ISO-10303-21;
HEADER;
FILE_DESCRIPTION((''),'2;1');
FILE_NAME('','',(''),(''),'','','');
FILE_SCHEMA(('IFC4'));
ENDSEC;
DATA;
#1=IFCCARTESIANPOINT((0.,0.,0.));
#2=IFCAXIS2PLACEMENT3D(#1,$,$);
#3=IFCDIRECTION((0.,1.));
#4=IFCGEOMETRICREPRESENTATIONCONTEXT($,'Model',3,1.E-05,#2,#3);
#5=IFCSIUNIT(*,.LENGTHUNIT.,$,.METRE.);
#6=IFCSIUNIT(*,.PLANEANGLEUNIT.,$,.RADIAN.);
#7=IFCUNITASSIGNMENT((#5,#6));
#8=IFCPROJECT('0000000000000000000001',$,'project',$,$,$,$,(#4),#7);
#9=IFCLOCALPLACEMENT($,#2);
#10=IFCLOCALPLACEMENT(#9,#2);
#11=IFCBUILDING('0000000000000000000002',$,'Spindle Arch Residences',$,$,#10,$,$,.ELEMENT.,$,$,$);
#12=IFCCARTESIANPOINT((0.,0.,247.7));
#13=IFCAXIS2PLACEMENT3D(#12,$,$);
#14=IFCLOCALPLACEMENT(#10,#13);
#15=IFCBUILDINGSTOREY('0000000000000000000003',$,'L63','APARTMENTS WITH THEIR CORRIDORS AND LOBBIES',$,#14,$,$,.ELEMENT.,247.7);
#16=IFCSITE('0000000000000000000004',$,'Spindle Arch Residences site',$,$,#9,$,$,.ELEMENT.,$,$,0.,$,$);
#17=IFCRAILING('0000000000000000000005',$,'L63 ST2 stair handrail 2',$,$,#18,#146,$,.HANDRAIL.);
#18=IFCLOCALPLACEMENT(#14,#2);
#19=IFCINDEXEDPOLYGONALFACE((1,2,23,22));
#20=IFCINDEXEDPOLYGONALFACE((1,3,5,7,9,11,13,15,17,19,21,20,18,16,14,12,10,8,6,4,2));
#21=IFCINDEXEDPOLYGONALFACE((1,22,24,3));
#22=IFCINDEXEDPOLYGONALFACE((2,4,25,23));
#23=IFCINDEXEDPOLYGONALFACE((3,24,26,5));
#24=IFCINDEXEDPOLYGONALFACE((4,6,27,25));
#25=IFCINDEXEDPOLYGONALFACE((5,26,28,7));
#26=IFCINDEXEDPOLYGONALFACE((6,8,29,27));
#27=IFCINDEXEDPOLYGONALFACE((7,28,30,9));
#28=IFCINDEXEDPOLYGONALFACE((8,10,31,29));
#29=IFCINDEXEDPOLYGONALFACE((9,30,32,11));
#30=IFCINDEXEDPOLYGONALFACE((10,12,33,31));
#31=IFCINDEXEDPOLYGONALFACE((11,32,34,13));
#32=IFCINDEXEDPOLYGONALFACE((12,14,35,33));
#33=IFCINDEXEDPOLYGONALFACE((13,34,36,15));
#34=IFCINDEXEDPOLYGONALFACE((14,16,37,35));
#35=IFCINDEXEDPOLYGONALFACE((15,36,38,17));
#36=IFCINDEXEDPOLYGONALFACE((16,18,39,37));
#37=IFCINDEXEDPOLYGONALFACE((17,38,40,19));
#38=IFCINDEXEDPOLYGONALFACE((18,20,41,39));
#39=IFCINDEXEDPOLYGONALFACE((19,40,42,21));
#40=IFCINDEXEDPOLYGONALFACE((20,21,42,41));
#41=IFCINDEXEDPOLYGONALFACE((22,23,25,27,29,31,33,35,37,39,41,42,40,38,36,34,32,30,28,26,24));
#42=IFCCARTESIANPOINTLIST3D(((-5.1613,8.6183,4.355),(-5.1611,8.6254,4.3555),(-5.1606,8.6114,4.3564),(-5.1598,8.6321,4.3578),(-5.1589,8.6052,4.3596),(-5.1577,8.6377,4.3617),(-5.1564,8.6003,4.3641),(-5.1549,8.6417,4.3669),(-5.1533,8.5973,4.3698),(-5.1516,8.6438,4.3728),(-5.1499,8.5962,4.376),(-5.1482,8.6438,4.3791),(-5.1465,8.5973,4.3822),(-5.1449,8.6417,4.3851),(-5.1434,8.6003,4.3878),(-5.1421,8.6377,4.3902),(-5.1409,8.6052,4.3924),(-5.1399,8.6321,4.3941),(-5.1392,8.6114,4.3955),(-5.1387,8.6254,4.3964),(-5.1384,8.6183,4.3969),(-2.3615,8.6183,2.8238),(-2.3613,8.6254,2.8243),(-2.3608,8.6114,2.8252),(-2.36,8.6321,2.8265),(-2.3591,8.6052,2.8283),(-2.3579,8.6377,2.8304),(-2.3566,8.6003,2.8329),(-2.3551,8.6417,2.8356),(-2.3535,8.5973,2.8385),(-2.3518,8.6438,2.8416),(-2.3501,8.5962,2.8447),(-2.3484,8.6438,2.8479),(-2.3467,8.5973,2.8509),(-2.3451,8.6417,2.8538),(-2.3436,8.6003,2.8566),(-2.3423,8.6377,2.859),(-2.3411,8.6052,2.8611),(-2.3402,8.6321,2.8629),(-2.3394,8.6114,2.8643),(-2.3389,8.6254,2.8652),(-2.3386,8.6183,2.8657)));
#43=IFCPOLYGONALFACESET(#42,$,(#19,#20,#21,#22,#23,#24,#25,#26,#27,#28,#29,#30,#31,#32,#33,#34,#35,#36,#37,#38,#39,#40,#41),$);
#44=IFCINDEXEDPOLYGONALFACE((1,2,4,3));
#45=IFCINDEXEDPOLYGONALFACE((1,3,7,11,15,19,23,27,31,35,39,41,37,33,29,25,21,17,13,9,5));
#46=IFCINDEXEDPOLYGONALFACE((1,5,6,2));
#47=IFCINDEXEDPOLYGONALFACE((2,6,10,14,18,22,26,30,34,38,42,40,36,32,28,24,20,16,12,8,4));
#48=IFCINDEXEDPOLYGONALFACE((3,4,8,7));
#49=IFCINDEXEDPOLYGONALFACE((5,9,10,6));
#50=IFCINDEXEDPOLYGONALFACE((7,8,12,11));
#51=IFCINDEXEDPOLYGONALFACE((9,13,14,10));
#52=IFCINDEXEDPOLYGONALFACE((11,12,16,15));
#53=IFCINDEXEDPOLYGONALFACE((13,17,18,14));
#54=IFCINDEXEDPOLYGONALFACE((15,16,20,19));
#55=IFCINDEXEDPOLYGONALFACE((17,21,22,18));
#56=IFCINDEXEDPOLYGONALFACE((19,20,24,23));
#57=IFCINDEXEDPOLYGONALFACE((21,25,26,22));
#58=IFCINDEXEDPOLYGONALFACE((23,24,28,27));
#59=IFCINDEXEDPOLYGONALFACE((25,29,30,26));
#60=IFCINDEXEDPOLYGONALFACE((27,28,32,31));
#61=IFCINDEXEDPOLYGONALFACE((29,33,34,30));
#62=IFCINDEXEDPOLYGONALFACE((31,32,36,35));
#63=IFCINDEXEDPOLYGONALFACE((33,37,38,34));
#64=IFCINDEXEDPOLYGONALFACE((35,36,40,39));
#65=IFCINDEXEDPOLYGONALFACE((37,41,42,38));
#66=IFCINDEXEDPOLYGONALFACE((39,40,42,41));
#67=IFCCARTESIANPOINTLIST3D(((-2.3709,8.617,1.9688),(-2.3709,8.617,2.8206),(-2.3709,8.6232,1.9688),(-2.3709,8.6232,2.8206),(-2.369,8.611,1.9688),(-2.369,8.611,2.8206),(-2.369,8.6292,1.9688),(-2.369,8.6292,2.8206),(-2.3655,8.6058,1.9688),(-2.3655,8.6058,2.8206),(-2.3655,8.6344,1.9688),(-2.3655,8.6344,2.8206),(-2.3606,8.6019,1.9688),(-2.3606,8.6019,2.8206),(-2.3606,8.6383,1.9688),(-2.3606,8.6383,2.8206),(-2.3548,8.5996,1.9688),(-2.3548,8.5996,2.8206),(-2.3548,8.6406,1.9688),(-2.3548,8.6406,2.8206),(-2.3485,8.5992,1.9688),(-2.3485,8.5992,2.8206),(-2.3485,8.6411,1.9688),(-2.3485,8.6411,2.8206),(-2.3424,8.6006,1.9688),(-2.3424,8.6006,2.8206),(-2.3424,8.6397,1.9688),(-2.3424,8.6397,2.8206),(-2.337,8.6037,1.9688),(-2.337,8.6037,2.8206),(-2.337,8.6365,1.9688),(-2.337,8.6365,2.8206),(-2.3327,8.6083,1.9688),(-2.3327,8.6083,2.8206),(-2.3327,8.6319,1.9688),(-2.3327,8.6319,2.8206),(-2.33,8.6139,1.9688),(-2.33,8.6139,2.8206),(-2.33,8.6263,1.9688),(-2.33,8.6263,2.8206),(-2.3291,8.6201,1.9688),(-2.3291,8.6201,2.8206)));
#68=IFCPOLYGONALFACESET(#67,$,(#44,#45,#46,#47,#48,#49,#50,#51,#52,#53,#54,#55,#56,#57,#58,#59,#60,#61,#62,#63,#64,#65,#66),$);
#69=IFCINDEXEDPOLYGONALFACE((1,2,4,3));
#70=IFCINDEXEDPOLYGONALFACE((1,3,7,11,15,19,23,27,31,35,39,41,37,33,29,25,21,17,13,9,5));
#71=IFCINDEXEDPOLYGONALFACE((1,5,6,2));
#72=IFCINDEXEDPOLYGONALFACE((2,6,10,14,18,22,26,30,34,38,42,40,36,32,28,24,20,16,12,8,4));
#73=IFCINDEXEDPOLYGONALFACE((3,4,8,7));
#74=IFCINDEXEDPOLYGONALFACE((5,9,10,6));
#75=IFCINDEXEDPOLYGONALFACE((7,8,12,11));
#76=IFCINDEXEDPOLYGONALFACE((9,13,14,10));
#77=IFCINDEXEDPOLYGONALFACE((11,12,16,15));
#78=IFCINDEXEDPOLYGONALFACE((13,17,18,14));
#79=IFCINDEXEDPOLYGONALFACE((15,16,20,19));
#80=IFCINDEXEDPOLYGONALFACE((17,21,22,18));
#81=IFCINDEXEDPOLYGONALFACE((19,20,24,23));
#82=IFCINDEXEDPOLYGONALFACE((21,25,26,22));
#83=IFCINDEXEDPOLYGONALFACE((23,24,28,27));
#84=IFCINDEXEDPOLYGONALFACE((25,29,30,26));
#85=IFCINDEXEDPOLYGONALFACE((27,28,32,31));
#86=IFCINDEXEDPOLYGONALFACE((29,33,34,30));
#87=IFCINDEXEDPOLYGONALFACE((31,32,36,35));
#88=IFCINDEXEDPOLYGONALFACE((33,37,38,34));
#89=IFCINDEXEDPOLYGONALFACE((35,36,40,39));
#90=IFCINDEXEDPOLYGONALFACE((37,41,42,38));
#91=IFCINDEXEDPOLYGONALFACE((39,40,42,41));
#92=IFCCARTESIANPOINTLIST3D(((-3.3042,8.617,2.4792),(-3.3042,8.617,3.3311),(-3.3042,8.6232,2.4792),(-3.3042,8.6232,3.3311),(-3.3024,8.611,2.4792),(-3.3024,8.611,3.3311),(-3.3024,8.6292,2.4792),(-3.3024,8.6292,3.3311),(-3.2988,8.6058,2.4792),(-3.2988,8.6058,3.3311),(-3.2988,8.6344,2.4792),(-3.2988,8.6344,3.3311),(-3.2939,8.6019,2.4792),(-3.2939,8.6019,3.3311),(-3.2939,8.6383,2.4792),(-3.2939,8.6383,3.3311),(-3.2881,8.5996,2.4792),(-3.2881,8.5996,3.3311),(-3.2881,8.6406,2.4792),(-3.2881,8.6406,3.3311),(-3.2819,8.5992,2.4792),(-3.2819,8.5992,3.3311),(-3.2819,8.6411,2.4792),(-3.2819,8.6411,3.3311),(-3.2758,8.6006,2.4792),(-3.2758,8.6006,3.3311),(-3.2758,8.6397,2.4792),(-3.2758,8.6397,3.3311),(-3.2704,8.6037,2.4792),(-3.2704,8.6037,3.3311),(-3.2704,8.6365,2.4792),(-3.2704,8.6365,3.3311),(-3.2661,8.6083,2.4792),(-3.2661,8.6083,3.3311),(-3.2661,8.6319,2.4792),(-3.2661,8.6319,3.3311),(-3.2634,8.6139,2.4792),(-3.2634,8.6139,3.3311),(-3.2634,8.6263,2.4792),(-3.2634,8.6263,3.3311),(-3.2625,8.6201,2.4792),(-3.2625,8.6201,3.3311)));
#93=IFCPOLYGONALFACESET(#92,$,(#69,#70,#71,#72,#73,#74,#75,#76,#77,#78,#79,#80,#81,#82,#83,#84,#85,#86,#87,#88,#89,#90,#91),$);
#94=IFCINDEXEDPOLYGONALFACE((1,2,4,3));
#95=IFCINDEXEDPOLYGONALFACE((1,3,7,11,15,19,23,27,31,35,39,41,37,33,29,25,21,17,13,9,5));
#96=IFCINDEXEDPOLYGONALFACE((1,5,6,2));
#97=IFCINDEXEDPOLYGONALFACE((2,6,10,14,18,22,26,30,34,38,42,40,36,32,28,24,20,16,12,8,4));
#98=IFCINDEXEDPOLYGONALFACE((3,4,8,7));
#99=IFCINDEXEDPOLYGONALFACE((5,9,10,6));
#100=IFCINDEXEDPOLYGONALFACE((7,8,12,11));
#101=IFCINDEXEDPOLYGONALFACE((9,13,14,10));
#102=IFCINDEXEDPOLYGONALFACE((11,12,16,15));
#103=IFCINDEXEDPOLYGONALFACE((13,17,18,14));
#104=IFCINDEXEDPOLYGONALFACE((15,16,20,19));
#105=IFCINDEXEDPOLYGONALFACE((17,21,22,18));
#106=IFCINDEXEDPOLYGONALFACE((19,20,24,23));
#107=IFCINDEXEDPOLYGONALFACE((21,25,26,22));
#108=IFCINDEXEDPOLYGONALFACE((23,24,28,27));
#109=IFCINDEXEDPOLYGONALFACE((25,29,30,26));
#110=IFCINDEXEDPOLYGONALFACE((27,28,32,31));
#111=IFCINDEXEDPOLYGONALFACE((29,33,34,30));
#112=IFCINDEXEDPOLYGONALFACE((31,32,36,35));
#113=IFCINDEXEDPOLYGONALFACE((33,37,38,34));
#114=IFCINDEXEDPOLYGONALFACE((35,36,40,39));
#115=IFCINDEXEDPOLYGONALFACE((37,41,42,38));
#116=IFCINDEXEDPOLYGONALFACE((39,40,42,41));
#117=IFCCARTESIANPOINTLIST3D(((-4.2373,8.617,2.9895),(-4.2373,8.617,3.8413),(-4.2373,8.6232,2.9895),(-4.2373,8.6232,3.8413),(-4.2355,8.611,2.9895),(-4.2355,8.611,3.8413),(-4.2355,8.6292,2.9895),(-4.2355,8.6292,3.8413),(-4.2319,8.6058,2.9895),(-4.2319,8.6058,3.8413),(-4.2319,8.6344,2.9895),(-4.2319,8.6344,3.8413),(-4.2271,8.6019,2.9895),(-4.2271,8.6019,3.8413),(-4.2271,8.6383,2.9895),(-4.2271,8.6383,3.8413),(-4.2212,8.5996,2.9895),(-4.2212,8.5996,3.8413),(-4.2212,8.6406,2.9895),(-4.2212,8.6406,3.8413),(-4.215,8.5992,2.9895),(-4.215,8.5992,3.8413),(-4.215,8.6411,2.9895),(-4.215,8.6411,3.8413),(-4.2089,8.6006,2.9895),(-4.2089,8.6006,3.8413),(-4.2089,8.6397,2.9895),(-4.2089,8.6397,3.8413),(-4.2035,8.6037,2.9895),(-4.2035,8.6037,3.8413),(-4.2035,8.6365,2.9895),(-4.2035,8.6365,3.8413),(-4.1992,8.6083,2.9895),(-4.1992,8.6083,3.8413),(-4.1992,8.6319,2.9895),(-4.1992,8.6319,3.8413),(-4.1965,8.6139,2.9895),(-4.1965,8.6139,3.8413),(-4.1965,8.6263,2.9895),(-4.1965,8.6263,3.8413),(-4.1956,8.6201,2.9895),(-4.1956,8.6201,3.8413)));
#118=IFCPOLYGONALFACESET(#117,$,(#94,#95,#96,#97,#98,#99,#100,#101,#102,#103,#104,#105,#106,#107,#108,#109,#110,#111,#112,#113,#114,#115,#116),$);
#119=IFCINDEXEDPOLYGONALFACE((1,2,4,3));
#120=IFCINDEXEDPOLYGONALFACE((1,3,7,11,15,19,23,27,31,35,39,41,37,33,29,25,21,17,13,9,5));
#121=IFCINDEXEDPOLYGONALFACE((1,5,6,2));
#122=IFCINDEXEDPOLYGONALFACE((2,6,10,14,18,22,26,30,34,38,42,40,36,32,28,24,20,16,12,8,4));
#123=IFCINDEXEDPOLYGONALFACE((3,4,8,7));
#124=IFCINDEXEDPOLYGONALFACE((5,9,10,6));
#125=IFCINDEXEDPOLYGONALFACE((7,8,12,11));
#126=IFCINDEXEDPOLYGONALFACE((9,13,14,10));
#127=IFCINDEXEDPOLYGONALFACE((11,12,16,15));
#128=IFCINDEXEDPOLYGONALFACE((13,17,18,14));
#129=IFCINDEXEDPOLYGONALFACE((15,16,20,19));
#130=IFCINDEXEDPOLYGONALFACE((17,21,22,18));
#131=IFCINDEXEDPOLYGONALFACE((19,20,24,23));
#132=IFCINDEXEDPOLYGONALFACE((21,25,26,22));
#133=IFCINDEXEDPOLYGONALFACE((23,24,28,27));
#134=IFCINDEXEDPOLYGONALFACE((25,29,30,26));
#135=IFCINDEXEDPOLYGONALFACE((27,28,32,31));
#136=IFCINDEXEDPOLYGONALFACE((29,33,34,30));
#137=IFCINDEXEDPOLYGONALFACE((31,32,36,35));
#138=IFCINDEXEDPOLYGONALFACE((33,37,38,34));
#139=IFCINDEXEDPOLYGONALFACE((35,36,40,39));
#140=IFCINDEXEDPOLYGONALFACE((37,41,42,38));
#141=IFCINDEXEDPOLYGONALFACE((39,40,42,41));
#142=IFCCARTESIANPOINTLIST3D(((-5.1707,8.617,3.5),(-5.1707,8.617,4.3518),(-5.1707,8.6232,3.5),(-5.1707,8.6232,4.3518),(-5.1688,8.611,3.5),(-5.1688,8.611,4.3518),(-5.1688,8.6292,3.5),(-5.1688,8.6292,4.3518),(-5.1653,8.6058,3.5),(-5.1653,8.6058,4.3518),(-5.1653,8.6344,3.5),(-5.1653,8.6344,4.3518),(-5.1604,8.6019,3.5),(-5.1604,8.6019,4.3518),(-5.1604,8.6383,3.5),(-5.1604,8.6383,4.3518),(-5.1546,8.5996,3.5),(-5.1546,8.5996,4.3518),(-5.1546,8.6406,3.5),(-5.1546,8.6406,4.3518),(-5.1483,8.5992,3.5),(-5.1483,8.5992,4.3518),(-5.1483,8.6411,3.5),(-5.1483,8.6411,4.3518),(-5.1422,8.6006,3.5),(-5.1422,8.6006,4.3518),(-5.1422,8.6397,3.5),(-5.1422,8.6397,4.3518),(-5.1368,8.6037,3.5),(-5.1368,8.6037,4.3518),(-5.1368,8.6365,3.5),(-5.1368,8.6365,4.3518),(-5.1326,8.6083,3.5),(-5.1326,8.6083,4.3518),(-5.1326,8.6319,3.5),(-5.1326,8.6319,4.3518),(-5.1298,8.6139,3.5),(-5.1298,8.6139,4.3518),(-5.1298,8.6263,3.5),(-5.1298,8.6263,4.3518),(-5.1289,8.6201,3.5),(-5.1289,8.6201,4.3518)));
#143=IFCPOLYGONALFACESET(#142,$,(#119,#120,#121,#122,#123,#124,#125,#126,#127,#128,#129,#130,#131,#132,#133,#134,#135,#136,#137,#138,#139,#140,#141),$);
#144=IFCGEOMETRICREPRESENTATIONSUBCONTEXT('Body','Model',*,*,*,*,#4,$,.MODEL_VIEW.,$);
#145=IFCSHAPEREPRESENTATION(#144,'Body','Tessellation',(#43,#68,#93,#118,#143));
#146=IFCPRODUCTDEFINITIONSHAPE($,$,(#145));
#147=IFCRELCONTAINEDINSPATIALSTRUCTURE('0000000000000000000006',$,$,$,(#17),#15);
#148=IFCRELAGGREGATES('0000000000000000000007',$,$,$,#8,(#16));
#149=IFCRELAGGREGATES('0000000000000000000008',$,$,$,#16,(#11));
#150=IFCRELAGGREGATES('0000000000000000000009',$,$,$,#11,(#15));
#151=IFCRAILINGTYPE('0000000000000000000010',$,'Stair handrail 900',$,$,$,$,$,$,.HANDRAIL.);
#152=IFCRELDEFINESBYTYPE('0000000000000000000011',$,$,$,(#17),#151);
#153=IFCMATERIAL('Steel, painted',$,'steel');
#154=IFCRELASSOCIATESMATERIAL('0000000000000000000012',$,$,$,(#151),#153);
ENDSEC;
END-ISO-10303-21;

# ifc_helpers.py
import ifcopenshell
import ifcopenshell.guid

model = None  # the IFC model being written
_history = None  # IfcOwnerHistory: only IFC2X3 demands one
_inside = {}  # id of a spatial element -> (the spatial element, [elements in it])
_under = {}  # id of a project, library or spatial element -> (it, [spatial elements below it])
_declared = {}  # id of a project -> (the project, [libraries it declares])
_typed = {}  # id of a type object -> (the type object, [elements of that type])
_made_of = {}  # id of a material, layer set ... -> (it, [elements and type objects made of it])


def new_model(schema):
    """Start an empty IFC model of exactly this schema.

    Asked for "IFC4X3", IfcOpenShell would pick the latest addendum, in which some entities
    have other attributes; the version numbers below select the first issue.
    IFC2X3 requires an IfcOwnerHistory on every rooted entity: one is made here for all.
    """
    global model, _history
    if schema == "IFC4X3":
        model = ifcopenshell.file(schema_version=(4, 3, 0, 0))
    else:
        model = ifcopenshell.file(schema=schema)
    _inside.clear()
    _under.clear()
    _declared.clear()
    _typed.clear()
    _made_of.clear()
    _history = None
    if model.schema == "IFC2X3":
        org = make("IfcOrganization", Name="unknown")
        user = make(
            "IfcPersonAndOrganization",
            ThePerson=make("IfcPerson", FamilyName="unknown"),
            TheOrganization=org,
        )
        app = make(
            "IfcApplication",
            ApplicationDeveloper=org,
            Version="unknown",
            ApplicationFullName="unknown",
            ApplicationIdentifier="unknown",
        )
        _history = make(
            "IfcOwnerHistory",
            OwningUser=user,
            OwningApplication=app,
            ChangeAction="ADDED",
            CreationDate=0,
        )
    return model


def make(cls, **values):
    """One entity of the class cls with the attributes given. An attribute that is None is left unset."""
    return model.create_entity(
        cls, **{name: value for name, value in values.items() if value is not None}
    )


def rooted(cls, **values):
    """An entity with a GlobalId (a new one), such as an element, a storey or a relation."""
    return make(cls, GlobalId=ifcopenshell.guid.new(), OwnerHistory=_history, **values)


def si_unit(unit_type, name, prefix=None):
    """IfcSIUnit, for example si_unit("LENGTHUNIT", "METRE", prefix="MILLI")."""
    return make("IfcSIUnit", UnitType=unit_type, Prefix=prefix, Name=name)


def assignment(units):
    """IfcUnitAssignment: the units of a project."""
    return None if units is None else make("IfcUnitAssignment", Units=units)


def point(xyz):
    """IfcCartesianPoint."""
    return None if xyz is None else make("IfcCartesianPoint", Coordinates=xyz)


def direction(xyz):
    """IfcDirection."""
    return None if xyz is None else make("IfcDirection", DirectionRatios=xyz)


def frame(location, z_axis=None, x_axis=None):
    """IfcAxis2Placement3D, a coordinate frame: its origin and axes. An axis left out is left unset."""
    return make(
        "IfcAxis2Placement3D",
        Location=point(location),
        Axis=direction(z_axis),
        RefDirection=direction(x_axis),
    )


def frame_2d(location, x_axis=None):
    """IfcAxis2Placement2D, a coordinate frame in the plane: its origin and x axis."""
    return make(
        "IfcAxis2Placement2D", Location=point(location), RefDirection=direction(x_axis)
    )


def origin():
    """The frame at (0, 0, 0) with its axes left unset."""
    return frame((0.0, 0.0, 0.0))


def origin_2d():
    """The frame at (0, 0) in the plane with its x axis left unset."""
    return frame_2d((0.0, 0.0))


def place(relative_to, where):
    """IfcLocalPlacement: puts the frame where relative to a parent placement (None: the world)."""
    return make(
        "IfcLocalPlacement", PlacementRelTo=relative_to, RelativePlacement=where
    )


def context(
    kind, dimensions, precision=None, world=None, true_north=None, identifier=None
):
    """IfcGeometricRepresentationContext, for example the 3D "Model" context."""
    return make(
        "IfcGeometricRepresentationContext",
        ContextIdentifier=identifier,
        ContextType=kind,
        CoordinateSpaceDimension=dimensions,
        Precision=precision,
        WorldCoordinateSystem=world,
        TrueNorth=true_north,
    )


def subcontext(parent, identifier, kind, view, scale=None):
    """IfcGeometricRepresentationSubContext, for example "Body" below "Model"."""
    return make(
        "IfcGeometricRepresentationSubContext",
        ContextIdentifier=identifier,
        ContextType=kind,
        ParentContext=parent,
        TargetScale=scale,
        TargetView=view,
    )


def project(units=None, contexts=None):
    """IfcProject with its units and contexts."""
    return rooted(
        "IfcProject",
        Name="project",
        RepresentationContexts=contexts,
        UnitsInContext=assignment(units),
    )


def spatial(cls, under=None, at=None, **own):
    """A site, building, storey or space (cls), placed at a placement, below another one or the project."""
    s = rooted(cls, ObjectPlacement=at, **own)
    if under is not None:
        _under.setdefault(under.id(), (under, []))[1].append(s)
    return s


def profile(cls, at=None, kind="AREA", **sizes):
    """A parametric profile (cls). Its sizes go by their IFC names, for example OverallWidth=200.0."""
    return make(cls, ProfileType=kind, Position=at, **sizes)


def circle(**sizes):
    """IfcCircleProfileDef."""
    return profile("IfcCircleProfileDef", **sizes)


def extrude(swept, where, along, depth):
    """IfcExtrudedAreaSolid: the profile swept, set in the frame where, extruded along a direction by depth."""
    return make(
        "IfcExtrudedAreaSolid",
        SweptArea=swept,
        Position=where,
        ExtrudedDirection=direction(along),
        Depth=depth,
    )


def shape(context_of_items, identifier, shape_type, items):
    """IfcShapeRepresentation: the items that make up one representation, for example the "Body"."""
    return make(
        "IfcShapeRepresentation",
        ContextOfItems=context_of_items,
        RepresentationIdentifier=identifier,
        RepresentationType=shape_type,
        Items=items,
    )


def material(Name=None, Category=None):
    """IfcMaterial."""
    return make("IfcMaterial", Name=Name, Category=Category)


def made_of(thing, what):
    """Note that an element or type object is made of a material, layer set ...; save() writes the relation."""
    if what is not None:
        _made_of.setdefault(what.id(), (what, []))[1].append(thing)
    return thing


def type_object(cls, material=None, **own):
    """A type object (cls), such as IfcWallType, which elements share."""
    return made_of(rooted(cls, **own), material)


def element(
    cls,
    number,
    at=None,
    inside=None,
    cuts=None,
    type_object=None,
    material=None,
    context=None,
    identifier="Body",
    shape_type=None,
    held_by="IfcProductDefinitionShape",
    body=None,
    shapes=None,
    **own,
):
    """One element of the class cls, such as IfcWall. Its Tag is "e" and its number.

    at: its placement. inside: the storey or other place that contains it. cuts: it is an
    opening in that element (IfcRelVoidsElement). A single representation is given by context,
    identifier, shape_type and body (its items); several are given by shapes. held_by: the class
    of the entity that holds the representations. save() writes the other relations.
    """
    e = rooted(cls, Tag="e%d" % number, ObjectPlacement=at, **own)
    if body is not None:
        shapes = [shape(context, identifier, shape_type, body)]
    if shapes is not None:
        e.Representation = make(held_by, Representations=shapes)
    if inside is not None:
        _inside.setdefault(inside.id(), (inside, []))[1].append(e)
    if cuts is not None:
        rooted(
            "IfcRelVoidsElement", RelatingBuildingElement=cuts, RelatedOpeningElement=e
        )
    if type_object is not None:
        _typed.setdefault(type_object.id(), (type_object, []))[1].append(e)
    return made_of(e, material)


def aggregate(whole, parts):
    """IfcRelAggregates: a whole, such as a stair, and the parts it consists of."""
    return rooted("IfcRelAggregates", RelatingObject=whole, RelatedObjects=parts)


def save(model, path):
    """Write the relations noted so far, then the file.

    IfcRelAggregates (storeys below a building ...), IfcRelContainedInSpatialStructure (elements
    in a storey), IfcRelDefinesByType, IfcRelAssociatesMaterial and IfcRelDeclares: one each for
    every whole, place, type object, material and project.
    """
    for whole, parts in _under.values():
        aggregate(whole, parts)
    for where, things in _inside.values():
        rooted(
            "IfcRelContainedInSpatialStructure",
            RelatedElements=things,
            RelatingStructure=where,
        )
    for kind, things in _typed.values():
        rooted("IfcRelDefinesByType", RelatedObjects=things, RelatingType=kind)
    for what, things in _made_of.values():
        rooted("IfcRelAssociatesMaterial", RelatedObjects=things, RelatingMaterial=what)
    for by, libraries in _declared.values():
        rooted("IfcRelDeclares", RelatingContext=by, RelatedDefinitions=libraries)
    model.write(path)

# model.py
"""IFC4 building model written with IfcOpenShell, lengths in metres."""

from ifc_helpers import new_model, si_unit, direction, frame, origin, origin_2d, place, context, subcontext, project, spatial, circle, extrude, material, type_object, element, save


model = new_model("IFC4")

# Units and contexts
model_context = context("Model", 3, precision=1e-05, world=origin(), true_north=direction((0.0, 1.0)))
body_context = subcontext(model_context, "Body", "Model", "MODEL_VIEW")
ifc_project = project(units=[si_unit("LENGTHUNIT", "METRE"), si_unit("PLANEANGLEUNIT", "RADIAN")], contexts=[model_context])

# Site, building, storey
site_placement = place(None, origin())
site = spatial("IfcSite", under=ifc_project, at=site_placement, Name="Spindle Arch Residences site", CompositionType="ELEMENT", RefElevation=0.0)
building_placement = place(site_placement, origin())
building = spatial("IfcBuilding", under=site, at=building_placement, Name="Spindle Arch Residences", CompositionType="ELEMENT")
storey_placement = place(building_placement, frame((0.0, 0.0, 247.7)))
storey = spatial("IfcBuildingStorey", under=building, at=storey_placement, Name="L63", Description="APARTMENTS WITH THEIR CORRIDORS AND LOBBIES", CompositionType="ELEMENT", Elevation=247.7)

# Railing
ifc_material_1 = material(Name="Steel, painted", Category="steel")
railing_type_1 = type_object("IfcRailingType", Name="Stair handrail 900", PredefinedType="HANDRAIL", material=ifc_material_1)
railing_1_placement = place(storey_placement, frame((-2.3501, 8.6201, 1.9688)))
element("IfcRailing", 1, at=railing_1_placement, inside=storey, type_object=railing_type_1, Name="L63 ST2 stair handrail 2", PredefinedType="HANDRAIL", context=body_context, shape_type="SweptSolid", body=[
    extrude(circle(Radius=0.0239, at=origin_2d()), frame((0.0, 0.0, 0.876), z_axis=(-0.877357, 0.0, 0.479838), x_axis=(0.0, -1.0, 0.0)), (0.0, 0.0, 1.0), 3.1912),
    extrude(circle(Radius=0.021, at=origin_2d()), origin(), (0.0, 0.0, 1.0), 0.8518),
    extrude(circle(Radius=0.021, at=origin_2d()), frame((-0.9333, 0.0, 0.5105)), (0.0, 0.0, 1.0), 0.8518),
    extrude(circle(Radius=0.021, at=origin_2d()), frame((-1.8665, 0.0, 1.0208)), (0.0, 0.0, 1.0), 0.8518),
    extrude(circle(Radius=0.021, at=origin_2d()), frame((-2.7998, 0.0, 1.5312)), (0.0, 0.0, 1.0), 0.8518),
])

save(model, "model.ifc")
